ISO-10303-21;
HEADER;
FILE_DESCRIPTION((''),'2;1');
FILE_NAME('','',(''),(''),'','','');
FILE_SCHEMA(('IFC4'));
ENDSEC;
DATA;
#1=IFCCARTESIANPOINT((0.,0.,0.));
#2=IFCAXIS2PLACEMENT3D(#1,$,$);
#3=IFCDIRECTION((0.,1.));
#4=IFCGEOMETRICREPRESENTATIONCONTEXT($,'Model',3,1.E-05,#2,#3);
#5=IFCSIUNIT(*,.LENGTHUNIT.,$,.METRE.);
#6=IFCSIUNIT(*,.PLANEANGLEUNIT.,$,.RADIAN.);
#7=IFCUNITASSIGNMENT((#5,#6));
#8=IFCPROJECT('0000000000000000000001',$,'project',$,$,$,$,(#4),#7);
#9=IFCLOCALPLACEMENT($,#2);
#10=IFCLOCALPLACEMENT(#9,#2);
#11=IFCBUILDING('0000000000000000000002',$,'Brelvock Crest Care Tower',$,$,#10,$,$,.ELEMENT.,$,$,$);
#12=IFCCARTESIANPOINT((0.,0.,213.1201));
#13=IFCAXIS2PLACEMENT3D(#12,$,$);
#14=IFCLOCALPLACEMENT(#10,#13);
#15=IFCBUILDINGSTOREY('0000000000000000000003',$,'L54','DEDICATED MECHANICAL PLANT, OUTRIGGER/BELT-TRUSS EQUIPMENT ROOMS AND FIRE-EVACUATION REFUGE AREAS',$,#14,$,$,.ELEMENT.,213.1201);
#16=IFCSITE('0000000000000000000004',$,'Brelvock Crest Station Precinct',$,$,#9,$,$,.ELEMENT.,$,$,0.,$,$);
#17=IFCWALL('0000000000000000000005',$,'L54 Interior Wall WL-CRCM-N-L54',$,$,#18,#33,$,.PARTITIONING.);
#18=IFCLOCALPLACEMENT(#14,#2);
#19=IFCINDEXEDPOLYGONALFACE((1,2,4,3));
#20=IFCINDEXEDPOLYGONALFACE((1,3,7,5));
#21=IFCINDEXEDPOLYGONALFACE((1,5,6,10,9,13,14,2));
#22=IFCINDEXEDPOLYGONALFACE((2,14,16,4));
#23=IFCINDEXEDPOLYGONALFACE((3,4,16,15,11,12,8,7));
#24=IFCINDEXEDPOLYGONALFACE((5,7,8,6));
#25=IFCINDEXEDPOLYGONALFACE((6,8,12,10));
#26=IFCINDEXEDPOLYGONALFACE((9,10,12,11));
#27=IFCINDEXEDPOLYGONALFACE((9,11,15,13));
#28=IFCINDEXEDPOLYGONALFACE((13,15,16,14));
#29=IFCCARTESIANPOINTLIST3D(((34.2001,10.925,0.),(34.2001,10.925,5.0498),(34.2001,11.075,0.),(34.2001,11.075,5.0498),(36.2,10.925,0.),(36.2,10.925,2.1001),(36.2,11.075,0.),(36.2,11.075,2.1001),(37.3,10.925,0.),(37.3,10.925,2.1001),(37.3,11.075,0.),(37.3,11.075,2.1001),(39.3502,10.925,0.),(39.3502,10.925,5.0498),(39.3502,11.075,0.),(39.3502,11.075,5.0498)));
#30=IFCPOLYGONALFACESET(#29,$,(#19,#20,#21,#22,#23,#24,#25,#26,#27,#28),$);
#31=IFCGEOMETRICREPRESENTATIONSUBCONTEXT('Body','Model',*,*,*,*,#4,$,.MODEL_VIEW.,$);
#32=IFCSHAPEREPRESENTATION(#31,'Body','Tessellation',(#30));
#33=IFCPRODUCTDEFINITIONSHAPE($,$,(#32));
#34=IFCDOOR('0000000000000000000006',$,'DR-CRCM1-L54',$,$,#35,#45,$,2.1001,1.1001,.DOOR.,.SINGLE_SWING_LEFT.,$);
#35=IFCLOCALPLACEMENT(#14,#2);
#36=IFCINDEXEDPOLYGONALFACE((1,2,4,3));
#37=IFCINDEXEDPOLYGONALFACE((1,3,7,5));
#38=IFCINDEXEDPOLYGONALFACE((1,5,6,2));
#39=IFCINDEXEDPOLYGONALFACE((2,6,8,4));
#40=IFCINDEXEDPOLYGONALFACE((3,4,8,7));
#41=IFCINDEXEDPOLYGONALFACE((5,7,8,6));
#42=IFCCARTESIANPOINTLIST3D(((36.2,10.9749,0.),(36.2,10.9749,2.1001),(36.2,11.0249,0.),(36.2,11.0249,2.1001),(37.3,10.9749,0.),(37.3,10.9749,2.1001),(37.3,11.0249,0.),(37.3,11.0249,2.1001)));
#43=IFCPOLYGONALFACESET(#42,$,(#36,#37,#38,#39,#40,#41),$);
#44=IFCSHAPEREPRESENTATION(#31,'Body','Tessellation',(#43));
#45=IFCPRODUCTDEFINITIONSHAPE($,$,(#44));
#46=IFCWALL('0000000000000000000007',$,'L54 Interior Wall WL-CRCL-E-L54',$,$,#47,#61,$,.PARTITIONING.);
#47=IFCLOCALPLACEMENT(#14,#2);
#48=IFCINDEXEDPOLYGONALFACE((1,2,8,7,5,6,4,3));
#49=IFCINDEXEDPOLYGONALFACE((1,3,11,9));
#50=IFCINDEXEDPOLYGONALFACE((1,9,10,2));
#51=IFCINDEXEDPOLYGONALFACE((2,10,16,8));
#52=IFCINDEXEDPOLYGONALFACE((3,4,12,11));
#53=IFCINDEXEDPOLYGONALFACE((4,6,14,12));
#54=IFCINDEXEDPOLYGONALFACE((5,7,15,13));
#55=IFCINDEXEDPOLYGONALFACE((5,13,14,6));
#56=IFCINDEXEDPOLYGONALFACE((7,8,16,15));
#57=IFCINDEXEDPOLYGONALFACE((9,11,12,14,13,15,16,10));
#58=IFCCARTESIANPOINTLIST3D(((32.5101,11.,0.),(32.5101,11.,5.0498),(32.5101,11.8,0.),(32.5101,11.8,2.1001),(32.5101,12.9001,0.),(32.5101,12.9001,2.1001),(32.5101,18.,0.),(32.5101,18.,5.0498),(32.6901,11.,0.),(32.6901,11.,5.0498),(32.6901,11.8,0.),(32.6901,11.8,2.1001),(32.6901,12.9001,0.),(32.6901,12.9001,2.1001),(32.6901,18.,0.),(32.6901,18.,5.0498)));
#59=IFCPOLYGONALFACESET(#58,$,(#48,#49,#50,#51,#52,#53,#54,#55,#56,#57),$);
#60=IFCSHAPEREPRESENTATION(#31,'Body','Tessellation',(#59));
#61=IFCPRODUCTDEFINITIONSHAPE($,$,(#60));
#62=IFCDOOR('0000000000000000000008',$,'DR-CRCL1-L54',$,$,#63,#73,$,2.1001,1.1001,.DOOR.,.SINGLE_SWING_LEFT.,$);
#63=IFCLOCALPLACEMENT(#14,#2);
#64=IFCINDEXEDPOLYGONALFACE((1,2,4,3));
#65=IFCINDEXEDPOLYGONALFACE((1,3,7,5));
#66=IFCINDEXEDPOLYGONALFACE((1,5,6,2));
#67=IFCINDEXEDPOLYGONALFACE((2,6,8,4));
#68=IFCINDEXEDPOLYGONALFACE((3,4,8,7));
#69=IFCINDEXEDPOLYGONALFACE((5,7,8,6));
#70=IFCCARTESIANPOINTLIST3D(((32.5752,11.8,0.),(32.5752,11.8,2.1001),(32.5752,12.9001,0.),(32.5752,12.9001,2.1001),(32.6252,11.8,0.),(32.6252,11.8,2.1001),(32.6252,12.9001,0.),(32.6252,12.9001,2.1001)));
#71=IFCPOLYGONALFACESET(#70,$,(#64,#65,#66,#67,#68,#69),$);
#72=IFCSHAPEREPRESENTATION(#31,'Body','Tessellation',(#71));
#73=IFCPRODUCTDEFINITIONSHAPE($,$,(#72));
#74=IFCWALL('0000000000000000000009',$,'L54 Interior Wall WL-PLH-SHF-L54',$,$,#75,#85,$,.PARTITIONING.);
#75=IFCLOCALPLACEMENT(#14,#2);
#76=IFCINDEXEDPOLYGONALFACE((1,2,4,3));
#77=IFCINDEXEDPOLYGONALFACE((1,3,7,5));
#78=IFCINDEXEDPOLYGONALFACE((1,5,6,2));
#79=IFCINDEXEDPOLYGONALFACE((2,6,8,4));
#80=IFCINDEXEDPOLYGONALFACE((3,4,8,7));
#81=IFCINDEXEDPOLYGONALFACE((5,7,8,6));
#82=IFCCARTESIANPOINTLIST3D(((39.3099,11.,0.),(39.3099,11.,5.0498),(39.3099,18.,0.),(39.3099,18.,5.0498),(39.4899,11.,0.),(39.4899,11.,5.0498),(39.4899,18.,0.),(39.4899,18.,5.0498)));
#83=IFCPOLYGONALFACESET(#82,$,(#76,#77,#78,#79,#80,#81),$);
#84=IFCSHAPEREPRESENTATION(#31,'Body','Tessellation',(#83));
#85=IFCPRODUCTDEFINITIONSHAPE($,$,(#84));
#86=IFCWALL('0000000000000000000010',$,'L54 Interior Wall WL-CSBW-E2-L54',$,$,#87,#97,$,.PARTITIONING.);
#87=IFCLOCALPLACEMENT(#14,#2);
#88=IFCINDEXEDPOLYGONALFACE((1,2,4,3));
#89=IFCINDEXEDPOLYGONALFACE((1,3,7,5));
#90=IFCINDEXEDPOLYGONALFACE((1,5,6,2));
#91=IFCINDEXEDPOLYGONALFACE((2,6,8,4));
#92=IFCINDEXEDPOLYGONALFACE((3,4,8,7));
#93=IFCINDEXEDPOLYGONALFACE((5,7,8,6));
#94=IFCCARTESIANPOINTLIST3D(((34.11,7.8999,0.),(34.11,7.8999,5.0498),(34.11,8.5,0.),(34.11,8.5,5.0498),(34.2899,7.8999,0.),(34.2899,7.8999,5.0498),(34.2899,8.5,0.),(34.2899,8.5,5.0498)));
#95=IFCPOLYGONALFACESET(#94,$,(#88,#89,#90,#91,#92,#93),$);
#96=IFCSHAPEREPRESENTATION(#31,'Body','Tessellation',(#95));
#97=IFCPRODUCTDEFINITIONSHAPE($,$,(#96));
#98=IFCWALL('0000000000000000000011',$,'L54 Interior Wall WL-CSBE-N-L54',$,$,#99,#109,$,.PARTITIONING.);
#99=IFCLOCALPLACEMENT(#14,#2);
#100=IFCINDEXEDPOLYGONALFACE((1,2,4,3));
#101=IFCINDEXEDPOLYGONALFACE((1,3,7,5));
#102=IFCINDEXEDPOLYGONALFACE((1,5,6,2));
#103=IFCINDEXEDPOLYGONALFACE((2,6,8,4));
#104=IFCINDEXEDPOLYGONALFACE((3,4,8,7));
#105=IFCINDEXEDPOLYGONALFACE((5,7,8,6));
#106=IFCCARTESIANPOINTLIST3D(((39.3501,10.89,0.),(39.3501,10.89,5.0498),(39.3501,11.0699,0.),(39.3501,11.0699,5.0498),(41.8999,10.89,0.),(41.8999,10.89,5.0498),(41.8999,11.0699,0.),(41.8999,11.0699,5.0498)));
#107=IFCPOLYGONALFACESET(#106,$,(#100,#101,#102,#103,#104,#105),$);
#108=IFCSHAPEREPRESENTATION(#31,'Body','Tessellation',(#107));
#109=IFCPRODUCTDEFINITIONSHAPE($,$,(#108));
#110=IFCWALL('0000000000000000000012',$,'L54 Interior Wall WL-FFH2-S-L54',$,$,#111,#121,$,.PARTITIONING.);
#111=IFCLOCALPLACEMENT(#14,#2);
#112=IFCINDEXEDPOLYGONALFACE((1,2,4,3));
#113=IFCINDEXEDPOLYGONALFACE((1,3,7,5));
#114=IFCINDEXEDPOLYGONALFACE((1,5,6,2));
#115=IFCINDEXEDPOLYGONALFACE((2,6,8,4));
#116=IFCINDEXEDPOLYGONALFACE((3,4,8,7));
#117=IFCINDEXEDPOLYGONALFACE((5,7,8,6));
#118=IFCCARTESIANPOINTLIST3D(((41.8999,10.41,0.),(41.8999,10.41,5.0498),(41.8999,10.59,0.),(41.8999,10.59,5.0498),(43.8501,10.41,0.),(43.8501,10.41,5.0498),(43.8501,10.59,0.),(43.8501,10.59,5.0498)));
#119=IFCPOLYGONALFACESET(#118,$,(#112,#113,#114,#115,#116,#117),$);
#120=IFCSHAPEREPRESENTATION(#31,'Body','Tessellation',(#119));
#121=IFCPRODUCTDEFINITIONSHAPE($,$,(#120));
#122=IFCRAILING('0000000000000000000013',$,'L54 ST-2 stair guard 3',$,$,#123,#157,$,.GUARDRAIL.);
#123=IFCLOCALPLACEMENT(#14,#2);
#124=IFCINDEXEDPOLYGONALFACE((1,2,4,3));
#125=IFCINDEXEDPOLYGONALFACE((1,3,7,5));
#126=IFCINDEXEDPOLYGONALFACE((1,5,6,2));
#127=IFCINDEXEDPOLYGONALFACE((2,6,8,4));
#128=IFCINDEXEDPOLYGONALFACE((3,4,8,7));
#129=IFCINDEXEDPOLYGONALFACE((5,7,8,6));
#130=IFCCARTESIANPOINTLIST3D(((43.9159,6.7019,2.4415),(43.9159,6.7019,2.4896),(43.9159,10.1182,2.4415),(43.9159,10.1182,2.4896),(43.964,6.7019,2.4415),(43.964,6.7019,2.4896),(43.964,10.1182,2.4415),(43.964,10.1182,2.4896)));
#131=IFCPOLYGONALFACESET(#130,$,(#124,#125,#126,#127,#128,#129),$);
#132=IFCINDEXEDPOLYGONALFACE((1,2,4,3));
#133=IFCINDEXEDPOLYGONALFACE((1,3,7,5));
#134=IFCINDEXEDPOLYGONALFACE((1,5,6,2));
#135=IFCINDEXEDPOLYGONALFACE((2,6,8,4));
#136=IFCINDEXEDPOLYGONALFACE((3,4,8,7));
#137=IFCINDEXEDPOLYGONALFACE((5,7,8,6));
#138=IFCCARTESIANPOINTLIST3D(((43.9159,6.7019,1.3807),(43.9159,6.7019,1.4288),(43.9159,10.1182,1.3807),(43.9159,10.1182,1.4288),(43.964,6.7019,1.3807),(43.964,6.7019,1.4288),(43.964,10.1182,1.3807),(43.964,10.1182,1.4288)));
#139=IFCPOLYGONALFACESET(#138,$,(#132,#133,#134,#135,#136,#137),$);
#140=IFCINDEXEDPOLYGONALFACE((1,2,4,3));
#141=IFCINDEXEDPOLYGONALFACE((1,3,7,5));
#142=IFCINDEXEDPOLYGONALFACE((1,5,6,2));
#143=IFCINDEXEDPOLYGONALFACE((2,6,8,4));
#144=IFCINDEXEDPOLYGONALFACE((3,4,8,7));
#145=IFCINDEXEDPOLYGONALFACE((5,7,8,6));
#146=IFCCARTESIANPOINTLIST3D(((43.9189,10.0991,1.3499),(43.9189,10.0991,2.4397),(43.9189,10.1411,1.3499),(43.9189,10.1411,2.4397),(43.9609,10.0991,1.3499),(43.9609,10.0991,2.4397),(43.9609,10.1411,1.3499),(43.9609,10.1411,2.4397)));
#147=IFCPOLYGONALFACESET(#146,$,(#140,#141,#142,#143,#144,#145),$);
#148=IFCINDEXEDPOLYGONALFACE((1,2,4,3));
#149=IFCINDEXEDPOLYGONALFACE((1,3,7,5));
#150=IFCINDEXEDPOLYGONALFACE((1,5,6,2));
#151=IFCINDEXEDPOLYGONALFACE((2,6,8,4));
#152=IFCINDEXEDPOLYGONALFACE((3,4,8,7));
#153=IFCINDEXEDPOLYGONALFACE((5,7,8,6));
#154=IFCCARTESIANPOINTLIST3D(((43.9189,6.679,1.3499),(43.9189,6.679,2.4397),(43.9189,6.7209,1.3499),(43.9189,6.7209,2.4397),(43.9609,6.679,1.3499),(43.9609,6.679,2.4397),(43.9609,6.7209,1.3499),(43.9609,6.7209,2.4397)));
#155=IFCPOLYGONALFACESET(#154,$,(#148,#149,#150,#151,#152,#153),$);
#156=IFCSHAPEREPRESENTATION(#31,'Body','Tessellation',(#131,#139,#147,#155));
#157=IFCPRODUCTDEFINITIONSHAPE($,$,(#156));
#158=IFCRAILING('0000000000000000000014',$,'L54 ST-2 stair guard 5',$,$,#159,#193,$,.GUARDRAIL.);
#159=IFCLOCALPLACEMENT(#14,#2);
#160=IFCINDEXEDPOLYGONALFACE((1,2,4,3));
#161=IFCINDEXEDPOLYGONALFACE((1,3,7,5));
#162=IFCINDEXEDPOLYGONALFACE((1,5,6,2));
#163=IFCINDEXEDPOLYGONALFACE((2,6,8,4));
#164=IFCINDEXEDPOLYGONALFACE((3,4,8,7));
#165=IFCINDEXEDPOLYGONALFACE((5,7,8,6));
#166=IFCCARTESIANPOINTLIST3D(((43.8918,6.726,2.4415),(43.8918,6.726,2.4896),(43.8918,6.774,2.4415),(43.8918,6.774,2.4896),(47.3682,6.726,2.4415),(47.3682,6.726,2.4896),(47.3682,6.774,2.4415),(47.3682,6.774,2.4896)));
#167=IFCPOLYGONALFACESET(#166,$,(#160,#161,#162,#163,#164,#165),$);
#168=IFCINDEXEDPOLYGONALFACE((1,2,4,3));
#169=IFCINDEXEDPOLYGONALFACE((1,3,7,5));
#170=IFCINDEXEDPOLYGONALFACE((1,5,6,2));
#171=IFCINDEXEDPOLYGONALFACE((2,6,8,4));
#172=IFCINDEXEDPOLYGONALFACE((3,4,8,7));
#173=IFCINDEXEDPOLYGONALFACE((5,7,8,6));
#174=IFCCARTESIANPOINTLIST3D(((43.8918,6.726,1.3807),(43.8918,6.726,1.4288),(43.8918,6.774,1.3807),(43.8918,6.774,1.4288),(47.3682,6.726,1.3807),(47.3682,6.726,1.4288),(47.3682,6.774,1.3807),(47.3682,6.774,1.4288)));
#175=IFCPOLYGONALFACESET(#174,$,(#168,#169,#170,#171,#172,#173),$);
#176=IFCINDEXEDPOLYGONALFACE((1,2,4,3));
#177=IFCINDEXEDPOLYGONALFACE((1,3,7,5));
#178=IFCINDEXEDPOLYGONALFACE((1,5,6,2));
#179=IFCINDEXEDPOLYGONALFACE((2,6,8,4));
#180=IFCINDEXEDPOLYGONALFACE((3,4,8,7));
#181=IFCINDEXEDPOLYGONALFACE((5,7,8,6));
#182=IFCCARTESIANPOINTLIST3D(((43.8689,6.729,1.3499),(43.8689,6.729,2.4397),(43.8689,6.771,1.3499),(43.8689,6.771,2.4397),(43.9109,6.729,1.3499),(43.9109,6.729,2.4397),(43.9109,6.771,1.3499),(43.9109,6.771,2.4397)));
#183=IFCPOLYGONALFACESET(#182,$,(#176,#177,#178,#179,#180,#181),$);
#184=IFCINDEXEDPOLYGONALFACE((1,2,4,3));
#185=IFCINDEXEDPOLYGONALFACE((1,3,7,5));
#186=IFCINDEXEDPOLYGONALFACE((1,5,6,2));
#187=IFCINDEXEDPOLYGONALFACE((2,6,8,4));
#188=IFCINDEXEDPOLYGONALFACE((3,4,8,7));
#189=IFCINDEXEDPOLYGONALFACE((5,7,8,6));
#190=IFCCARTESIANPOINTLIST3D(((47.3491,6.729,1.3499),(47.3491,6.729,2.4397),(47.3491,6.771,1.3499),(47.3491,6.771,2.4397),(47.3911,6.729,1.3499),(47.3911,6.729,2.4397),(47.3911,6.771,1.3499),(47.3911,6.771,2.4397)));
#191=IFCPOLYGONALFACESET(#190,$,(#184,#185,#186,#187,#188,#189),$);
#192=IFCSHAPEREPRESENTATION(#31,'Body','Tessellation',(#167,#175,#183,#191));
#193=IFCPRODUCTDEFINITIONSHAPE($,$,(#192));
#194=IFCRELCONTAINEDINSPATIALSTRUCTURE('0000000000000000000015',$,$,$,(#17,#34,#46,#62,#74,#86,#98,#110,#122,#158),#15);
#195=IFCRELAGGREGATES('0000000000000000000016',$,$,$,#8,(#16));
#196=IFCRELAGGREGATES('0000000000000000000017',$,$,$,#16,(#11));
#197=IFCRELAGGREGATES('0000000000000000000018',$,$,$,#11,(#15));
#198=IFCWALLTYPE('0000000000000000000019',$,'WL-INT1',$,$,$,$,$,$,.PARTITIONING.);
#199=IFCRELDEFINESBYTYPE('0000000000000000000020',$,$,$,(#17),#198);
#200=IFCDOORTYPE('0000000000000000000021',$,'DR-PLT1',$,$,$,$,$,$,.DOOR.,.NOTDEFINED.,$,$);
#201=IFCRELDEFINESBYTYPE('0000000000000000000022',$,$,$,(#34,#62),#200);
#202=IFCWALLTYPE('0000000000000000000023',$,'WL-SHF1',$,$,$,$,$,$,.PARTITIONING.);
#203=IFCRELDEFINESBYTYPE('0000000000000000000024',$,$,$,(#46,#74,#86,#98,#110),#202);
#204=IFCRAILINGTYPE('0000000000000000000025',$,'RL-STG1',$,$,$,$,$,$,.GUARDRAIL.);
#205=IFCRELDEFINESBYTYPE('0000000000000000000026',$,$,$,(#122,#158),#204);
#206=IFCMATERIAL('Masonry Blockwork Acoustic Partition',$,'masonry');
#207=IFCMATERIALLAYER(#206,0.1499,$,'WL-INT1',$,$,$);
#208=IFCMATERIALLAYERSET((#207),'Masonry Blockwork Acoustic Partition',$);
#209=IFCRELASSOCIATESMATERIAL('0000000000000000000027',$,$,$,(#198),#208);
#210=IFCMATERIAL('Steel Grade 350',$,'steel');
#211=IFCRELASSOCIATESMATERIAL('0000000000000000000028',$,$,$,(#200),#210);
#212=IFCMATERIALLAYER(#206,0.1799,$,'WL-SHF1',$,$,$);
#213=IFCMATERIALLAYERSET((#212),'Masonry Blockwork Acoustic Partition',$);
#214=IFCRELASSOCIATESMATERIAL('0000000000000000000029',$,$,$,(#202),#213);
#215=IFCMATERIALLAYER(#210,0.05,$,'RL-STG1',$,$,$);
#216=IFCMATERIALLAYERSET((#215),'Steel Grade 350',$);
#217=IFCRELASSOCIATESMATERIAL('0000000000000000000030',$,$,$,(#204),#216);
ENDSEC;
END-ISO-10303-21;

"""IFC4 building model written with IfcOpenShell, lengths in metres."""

from ifc_helpers import new_model, si_unit, direction, frame, frame_2d, origin, origin_2d, place, context, subcontext, project, spatial, rectangle, extrude, source, transform, mapped, material, layer, layer_set, type_object, element, fill, save


model = new_model("IFC4")

# Units and contexts
model_context = context("Model", 3, precision=1e-05, world=origin(), true_north=direction((0.0, 1.0)))
body_context = subcontext(model_context, "Body", "Model", "MODEL_VIEW")
ifc_project = project(units=[si_unit("LENGTHUNIT", "METRE"), si_unit("PLANEANGLEUNIT", "RADIAN")], contexts=[model_context])

# Site, building, storey
site_placement = place(None, origin())
site = spatial("IfcSite", under=ifc_project, at=site_placement, Name="Brelvock Crest Station Precinct", CompositionType="ELEMENT", RefElevation=0.0)
building_placement = place(site_placement, origin())
building = spatial("IfcBuilding", under=site, at=building_placement, Name="Brelvock Crest Care Tower", CompositionType="ELEMENT")
storey_placement = place(building_placement, frame((0.0, 0.0, 213.1201)))
storey = spatial("IfcBuildingStorey", under=building, at=storey_placement, Name="L54", Description="DEDICATED MECHANICAL PLANT, OUTRIGGER/BELT-TRUSS EQUIPMENT ROOMS AND FIRE-EVACUATION REFUGE AREAS", CompositionType="ELEMENT", Elevation=213.1201)

# Shared definitions
ifc_material_1 = material(Name="Steel Grade 350", Category="steel")

# Shared definitions
ifc_material_2 = material(Name="Masonry Blockwork Acoustic Partition", Category="masonry")
ifc_layer_1 = layer(ifc_material_2, 0.1499, Name="WL-INT1")
ifc_layer_set_1 = layer_set([ifc_layer_1], Name="Masonry Blockwork Acoustic Partition")
wall_type_1 = type_object("IfcWallType", Name="WL-INT1", PredefinedType="PARTITIONING", material=ifc_layer_set_1)

# Walls, openings, doors
wall_1_placement = place(storey_placement, frame((34.2, 11.0, 0.0), z_axis=(0.0, 0.0, 1.0), x_axis=(1.0, 0.0, 0.0)))
wall_1 = element("IfcWall", 1, at=wall_1_placement, inside=storey, type_object=wall_type_1, Name="L54 Interior Wall WL-CRCM-N-L54", PredefinedType="PARTITIONING", context=body_context, shape_type="SweptSolid", body=[
    extrude(rectangle(XDim=5.1501, YDim=0.1499, at=frame_2d((2.5752, 0.0))), origin(), (0.0, 0.0, 1.0), 5.0498),
])
opening_1_placement = place(wall_1_placement, frame((2.0, 0.0, 0.0)))
opening_1 = element("IfcOpeningElement", 2, at=opening_1_placement, cuts=wall_1, PredefinedType="OPENING", context=body_context, shape_type="SweptSolid", body=[
    extrude(rectangle(XDim=1.1001, YDim=2.1001, at=origin_2d()), frame((0.55, 0.085, 1.05), z_axis=(0.0, -1.0, 0.0), x_axis=(1.0, 0.0, 0.0)), (0.0, 0.0, 1.0), 0.1699),
])
door_type = type_object("IfcDoorType", Name="DR-PLT1", OperationType="NOTDEFINED", PredefinedType="DOOR", material=ifc_material_1)
shared_shape_1 = source(origin(), body_context, "Body", "SweptSolid", [
    extrude(rectangle(XDim=1.1001, YDim=2.1001, at=origin_2d()), frame((0.55, 0.0249, 1.05), z_axis=(0.0, -1.0, 0.0), x_axis=(1.0, 0.0, 0.0)), (0.0, 0.0, 1.0), 0.05),
])
door_1_placement = place(opening_1_placement, origin())
door_1 = element("IfcDoor", 3, at=door_1_placement, inside=storey, type_object=door_type, Name="DR-CRCM1-L54", OperationType="SINGLE_SWING_LEFT", OverallHeight=2.1001, OverallWidth=1.1001, PredefinedType="DOOR", context=body_context, shape_type="MappedRepresentation", body=[
    mapped(shared_shape_1, transform((0.0, 0.0, 0.0), x_axis=(1.0, 0.0, 0.0), y_axis=(0.0, 1.0, 0.0), z_axis=(0.0, 0.0, 1.0), scale=1.0)),
])
fill(opening_1, door_1)
ifc_layer_2 = layer(ifc_material_2, 0.1799, Name="WL-SHF1")
ifc_layer_set_2 = layer_set([ifc_layer_2], Name="Masonry Blockwork Acoustic Partition")
wall_type_2 = type_object("IfcWallType", Name="WL-SHF1", PredefinedType="PARTITIONING", material=ifc_layer_set_2)
wall_2_placement = place(storey_placement, frame((32.6001, 11.0, 0.0), z_axis=(0.0, 0.0, 1.0), x_axis=(0.0, 1.0, 0.0)))
wall_2 = element("IfcWall", 4, at=wall_2_placement, inside=storey, type_object=wall_type_2, Name="L54 Interior Wall WL-CRCL-E-L54", PredefinedType="PARTITIONING", context=body_context, shape_type="SweptSolid", body=[
    extrude(rectangle(XDim=7.0, YDim=0.1799, at=frame_2d((3.5, 0.0))), origin(), (0.0, 0.0, 1.0), 5.0498),
])
opening_2_placement = place(wall_2_placement, frame((0.8, 0.0, 0.0)))
opening_2 = element("IfcOpeningElement", 5, at=opening_2_placement, cuts=wall_2, PredefinedType="OPENING", context=body_context, shape_type="SweptSolid", body=[
    extrude(rectangle(XDim=1.1001, YDim=2.1001, at=origin_2d()), frame((0.55, 0.1001, 1.05), z_axis=(0.0, -1.0, 0.0), x_axis=(1.0, 0.0, 0.0)), (0.0, 0.0, 1.0), 0.2),
])
door_2_placement = place(opening_2_placement, origin())
door_2 = element("IfcDoor", 6, at=door_2_placement, inside=storey, type_object=door_type, Name="DR-CRCL1-L54", OperationType="SINGLE_SWING_LEFT", OverallHeight=2.1001, OverallWidth=1.1001, PredefinedType="DOOR", context=body_context, shape_type="MappedRepresentation", body=[
    mapped(shared_shape_1, transform((0.0, 0.0, 0.0), x_axis=(1.0, 0.0, 0.0), y_axis=(0.0, 1.0, 0.0), z_axis=(0.0, 0.0, 1.0), scale=1.0)),
])
fill(opening_2, door_2)

# Walls
wall_3_placement = place(storey_placement, frame((39.3999, 11.0, 0.0), z_axis=(0.0, 0.0, 1.0), x_axis=(0.0, 1.0, 0.0)))
element("IfcWall", 7, at=wall_3_placement, inside=storey, type_object=wall_type_2, Name="L54 Interior Wall WL-PLH-SHF-L54", PredefinedType="PARTITIONING", context=body_context, shape_type="SweptSolid", body=[
    extrude(rectangle(XDim=7.0, YDim=0.1799, at=frame_2d((3.5, 0.0))), origin(), (0.0, 0.0, 1.0), 5.0498),
])
wall_4_placement = place(storey_placement, frame((34.2, 7.8999, 0.0), z_axis=(0.0, 0.0, 1.0), x_axis=(0.0, 1.0, 0.0)))
element("IfcWall", 8, at=wall_4_placement, inside=storey, type_object=wall_type_2, Name="L54 Interior Wall WL-CSBW-E2-L54", PredefinedType="PARTITIONING", context=body_context, shape_type="SweptSolid", body=[
    extrude(rectangle(XDim=0.6001, YDim=0.1799, at=frame_2d((0.3, 0.0))), origin(), (0.0, 0.0, 1.0), 5.0498),
])
wall_5_placement = place(storey_placement, frame((39.3501, 10.98, 0.0), z_axis=(0.0, 0.0, 1.0), x_axis=(1.0, 0.0, 0.0)))
element("IfcWall", 9, at=wall_5_placement, inside=storey, type_object=wall_type_2, Name="L54 Interior Wall WL-CSBE-N-L54", PredefinedType="PARTITIONING", context=body_context, shape_type="SweptSolid", body=[
    extrude(rectangle(XDim=2.5498, YDim=0.1799, at=frame_2d((1.2749, 0.0))), origin(), (0.0, 0.0, 1.0), 5.0498),
])
wall_6_placement = place(storey_placement, frame((41.8999, 10.5, 0.0), z_axis=(0.0, 0.0, 1.0), x_axis=(1.0, 0.0, 0.0)))
element("IfcWall", 10, at=wall_6_placement, inside=storey, type_object=wall_type_2, Name="L54 Interior Wall WL-FFH2-S-L54", PredefinedType="PARTITIONING", context=body_context, shape_type="SweptSolid", body=[
    extrude(rectangle(XDim=1.9502, YDim=0.1799, at=frame_2d((0.9751, 0.0))), origin(), (0.0, 0.0, 1.0), 5.0498),
])

# Railings
ifc_layer_3 = layer(ifc_material_1, 0.05, Name="RL-STG1")
ifc_layer_set_3 = layer_set([ifc_layer_3], Name="Steel Grade 350")
railing_type = type_object("IfcRailingType", Name="RL-STG1", PredefinedType="GUARDRAIL", material=ifc_layer_set_3)
railing_1_placement = place(storey_placement, frame((43.9399, 10.1201, 1.3499)))
element("IfcRailing", 11, at=railing_1_placement, inside=storey, type_object=railing_type, Name="L54 ST-2 stair guard 3", PredefinedType="GUARDRAIL", context=body_context, shape_type="SweptSolid", body=[
    extrude(rectangle(XDim=0.0481, YDim=0.0481, at=origin_2d()), frame((0.0, -0.002, 1.1157), z_axis=(0.0, -1.0, 0.0), x_axis=(1.0, 0.0, 0.0)), (0.0, 0.0, 1.0), 3.4163),
    extrude(rectangle(XDim=0.0481, YDim=0.0481, at=origin_2d()), frame((0.0, -0.002, 0.0549), z_axis=(0.0, -1.0, 0.0), x_axis=(1.0, 0.0, 0.0)), (0.0, 0.0, 1.0), 3.4163),
    extrude(rectangle(XDim=0.042, YDim=0.042, at=origin_2d()), origin(), (0.0, 0.0, 1.0), 1.0898),
    extrude(rectangle(XDim=0.042, YDim=0.042, at=origin_2d()), frame((0.0, -3.4202, 0.0)), (0.0, 0.0, 1.0), 1.0898),
])
for number, where, name in (
    (12, (43.8899, 6.75, 1.3499), "L54 ST-2 stair guard 5"),
):
    element("IfcRailing", number, at=place(storey_placement, frame(where)), inside=storey, type_object=railing_type, Name=name, PredefinedType="GUARDRAIL", context=body_context, shape_type="SweptSolid", body=[
        extrude(rectangle(XDim=0.0481, YDim=0.0481, at=origin_2d()), frame((0.002, 0.0, 1.1157), z_axis=(1.0, 0.0, 0.0), x_axis=(0.0, 1.0, 0.0)), (0.0, 0.0, 1.0), 3.4763),
        extrude(rectangle(XDim=0.0481, YDim=0.0481, at=origin_2d()), frame((0.002, 0.0, 0.0549), z_axis=(1.0, 0.0, 0.0), x_axis=(0.0, 1.0, 0.0)), (0.0, 0.0, 1.0), 3.4763),
        extrude(rectangle(XDim=0.042, YDim=0.042, at=origin_2d()), origin(), (0.0, 0.0, 1.0), 1.0898),
        extrude(rectangle(XDim=0.042, YDim=0.042, at=origin_2d()), frame((3.4802, 0.0, 0.0)), (0.0, 0.0, 1.0), 1.0898),
    ])

save(model, "model.ifc")
